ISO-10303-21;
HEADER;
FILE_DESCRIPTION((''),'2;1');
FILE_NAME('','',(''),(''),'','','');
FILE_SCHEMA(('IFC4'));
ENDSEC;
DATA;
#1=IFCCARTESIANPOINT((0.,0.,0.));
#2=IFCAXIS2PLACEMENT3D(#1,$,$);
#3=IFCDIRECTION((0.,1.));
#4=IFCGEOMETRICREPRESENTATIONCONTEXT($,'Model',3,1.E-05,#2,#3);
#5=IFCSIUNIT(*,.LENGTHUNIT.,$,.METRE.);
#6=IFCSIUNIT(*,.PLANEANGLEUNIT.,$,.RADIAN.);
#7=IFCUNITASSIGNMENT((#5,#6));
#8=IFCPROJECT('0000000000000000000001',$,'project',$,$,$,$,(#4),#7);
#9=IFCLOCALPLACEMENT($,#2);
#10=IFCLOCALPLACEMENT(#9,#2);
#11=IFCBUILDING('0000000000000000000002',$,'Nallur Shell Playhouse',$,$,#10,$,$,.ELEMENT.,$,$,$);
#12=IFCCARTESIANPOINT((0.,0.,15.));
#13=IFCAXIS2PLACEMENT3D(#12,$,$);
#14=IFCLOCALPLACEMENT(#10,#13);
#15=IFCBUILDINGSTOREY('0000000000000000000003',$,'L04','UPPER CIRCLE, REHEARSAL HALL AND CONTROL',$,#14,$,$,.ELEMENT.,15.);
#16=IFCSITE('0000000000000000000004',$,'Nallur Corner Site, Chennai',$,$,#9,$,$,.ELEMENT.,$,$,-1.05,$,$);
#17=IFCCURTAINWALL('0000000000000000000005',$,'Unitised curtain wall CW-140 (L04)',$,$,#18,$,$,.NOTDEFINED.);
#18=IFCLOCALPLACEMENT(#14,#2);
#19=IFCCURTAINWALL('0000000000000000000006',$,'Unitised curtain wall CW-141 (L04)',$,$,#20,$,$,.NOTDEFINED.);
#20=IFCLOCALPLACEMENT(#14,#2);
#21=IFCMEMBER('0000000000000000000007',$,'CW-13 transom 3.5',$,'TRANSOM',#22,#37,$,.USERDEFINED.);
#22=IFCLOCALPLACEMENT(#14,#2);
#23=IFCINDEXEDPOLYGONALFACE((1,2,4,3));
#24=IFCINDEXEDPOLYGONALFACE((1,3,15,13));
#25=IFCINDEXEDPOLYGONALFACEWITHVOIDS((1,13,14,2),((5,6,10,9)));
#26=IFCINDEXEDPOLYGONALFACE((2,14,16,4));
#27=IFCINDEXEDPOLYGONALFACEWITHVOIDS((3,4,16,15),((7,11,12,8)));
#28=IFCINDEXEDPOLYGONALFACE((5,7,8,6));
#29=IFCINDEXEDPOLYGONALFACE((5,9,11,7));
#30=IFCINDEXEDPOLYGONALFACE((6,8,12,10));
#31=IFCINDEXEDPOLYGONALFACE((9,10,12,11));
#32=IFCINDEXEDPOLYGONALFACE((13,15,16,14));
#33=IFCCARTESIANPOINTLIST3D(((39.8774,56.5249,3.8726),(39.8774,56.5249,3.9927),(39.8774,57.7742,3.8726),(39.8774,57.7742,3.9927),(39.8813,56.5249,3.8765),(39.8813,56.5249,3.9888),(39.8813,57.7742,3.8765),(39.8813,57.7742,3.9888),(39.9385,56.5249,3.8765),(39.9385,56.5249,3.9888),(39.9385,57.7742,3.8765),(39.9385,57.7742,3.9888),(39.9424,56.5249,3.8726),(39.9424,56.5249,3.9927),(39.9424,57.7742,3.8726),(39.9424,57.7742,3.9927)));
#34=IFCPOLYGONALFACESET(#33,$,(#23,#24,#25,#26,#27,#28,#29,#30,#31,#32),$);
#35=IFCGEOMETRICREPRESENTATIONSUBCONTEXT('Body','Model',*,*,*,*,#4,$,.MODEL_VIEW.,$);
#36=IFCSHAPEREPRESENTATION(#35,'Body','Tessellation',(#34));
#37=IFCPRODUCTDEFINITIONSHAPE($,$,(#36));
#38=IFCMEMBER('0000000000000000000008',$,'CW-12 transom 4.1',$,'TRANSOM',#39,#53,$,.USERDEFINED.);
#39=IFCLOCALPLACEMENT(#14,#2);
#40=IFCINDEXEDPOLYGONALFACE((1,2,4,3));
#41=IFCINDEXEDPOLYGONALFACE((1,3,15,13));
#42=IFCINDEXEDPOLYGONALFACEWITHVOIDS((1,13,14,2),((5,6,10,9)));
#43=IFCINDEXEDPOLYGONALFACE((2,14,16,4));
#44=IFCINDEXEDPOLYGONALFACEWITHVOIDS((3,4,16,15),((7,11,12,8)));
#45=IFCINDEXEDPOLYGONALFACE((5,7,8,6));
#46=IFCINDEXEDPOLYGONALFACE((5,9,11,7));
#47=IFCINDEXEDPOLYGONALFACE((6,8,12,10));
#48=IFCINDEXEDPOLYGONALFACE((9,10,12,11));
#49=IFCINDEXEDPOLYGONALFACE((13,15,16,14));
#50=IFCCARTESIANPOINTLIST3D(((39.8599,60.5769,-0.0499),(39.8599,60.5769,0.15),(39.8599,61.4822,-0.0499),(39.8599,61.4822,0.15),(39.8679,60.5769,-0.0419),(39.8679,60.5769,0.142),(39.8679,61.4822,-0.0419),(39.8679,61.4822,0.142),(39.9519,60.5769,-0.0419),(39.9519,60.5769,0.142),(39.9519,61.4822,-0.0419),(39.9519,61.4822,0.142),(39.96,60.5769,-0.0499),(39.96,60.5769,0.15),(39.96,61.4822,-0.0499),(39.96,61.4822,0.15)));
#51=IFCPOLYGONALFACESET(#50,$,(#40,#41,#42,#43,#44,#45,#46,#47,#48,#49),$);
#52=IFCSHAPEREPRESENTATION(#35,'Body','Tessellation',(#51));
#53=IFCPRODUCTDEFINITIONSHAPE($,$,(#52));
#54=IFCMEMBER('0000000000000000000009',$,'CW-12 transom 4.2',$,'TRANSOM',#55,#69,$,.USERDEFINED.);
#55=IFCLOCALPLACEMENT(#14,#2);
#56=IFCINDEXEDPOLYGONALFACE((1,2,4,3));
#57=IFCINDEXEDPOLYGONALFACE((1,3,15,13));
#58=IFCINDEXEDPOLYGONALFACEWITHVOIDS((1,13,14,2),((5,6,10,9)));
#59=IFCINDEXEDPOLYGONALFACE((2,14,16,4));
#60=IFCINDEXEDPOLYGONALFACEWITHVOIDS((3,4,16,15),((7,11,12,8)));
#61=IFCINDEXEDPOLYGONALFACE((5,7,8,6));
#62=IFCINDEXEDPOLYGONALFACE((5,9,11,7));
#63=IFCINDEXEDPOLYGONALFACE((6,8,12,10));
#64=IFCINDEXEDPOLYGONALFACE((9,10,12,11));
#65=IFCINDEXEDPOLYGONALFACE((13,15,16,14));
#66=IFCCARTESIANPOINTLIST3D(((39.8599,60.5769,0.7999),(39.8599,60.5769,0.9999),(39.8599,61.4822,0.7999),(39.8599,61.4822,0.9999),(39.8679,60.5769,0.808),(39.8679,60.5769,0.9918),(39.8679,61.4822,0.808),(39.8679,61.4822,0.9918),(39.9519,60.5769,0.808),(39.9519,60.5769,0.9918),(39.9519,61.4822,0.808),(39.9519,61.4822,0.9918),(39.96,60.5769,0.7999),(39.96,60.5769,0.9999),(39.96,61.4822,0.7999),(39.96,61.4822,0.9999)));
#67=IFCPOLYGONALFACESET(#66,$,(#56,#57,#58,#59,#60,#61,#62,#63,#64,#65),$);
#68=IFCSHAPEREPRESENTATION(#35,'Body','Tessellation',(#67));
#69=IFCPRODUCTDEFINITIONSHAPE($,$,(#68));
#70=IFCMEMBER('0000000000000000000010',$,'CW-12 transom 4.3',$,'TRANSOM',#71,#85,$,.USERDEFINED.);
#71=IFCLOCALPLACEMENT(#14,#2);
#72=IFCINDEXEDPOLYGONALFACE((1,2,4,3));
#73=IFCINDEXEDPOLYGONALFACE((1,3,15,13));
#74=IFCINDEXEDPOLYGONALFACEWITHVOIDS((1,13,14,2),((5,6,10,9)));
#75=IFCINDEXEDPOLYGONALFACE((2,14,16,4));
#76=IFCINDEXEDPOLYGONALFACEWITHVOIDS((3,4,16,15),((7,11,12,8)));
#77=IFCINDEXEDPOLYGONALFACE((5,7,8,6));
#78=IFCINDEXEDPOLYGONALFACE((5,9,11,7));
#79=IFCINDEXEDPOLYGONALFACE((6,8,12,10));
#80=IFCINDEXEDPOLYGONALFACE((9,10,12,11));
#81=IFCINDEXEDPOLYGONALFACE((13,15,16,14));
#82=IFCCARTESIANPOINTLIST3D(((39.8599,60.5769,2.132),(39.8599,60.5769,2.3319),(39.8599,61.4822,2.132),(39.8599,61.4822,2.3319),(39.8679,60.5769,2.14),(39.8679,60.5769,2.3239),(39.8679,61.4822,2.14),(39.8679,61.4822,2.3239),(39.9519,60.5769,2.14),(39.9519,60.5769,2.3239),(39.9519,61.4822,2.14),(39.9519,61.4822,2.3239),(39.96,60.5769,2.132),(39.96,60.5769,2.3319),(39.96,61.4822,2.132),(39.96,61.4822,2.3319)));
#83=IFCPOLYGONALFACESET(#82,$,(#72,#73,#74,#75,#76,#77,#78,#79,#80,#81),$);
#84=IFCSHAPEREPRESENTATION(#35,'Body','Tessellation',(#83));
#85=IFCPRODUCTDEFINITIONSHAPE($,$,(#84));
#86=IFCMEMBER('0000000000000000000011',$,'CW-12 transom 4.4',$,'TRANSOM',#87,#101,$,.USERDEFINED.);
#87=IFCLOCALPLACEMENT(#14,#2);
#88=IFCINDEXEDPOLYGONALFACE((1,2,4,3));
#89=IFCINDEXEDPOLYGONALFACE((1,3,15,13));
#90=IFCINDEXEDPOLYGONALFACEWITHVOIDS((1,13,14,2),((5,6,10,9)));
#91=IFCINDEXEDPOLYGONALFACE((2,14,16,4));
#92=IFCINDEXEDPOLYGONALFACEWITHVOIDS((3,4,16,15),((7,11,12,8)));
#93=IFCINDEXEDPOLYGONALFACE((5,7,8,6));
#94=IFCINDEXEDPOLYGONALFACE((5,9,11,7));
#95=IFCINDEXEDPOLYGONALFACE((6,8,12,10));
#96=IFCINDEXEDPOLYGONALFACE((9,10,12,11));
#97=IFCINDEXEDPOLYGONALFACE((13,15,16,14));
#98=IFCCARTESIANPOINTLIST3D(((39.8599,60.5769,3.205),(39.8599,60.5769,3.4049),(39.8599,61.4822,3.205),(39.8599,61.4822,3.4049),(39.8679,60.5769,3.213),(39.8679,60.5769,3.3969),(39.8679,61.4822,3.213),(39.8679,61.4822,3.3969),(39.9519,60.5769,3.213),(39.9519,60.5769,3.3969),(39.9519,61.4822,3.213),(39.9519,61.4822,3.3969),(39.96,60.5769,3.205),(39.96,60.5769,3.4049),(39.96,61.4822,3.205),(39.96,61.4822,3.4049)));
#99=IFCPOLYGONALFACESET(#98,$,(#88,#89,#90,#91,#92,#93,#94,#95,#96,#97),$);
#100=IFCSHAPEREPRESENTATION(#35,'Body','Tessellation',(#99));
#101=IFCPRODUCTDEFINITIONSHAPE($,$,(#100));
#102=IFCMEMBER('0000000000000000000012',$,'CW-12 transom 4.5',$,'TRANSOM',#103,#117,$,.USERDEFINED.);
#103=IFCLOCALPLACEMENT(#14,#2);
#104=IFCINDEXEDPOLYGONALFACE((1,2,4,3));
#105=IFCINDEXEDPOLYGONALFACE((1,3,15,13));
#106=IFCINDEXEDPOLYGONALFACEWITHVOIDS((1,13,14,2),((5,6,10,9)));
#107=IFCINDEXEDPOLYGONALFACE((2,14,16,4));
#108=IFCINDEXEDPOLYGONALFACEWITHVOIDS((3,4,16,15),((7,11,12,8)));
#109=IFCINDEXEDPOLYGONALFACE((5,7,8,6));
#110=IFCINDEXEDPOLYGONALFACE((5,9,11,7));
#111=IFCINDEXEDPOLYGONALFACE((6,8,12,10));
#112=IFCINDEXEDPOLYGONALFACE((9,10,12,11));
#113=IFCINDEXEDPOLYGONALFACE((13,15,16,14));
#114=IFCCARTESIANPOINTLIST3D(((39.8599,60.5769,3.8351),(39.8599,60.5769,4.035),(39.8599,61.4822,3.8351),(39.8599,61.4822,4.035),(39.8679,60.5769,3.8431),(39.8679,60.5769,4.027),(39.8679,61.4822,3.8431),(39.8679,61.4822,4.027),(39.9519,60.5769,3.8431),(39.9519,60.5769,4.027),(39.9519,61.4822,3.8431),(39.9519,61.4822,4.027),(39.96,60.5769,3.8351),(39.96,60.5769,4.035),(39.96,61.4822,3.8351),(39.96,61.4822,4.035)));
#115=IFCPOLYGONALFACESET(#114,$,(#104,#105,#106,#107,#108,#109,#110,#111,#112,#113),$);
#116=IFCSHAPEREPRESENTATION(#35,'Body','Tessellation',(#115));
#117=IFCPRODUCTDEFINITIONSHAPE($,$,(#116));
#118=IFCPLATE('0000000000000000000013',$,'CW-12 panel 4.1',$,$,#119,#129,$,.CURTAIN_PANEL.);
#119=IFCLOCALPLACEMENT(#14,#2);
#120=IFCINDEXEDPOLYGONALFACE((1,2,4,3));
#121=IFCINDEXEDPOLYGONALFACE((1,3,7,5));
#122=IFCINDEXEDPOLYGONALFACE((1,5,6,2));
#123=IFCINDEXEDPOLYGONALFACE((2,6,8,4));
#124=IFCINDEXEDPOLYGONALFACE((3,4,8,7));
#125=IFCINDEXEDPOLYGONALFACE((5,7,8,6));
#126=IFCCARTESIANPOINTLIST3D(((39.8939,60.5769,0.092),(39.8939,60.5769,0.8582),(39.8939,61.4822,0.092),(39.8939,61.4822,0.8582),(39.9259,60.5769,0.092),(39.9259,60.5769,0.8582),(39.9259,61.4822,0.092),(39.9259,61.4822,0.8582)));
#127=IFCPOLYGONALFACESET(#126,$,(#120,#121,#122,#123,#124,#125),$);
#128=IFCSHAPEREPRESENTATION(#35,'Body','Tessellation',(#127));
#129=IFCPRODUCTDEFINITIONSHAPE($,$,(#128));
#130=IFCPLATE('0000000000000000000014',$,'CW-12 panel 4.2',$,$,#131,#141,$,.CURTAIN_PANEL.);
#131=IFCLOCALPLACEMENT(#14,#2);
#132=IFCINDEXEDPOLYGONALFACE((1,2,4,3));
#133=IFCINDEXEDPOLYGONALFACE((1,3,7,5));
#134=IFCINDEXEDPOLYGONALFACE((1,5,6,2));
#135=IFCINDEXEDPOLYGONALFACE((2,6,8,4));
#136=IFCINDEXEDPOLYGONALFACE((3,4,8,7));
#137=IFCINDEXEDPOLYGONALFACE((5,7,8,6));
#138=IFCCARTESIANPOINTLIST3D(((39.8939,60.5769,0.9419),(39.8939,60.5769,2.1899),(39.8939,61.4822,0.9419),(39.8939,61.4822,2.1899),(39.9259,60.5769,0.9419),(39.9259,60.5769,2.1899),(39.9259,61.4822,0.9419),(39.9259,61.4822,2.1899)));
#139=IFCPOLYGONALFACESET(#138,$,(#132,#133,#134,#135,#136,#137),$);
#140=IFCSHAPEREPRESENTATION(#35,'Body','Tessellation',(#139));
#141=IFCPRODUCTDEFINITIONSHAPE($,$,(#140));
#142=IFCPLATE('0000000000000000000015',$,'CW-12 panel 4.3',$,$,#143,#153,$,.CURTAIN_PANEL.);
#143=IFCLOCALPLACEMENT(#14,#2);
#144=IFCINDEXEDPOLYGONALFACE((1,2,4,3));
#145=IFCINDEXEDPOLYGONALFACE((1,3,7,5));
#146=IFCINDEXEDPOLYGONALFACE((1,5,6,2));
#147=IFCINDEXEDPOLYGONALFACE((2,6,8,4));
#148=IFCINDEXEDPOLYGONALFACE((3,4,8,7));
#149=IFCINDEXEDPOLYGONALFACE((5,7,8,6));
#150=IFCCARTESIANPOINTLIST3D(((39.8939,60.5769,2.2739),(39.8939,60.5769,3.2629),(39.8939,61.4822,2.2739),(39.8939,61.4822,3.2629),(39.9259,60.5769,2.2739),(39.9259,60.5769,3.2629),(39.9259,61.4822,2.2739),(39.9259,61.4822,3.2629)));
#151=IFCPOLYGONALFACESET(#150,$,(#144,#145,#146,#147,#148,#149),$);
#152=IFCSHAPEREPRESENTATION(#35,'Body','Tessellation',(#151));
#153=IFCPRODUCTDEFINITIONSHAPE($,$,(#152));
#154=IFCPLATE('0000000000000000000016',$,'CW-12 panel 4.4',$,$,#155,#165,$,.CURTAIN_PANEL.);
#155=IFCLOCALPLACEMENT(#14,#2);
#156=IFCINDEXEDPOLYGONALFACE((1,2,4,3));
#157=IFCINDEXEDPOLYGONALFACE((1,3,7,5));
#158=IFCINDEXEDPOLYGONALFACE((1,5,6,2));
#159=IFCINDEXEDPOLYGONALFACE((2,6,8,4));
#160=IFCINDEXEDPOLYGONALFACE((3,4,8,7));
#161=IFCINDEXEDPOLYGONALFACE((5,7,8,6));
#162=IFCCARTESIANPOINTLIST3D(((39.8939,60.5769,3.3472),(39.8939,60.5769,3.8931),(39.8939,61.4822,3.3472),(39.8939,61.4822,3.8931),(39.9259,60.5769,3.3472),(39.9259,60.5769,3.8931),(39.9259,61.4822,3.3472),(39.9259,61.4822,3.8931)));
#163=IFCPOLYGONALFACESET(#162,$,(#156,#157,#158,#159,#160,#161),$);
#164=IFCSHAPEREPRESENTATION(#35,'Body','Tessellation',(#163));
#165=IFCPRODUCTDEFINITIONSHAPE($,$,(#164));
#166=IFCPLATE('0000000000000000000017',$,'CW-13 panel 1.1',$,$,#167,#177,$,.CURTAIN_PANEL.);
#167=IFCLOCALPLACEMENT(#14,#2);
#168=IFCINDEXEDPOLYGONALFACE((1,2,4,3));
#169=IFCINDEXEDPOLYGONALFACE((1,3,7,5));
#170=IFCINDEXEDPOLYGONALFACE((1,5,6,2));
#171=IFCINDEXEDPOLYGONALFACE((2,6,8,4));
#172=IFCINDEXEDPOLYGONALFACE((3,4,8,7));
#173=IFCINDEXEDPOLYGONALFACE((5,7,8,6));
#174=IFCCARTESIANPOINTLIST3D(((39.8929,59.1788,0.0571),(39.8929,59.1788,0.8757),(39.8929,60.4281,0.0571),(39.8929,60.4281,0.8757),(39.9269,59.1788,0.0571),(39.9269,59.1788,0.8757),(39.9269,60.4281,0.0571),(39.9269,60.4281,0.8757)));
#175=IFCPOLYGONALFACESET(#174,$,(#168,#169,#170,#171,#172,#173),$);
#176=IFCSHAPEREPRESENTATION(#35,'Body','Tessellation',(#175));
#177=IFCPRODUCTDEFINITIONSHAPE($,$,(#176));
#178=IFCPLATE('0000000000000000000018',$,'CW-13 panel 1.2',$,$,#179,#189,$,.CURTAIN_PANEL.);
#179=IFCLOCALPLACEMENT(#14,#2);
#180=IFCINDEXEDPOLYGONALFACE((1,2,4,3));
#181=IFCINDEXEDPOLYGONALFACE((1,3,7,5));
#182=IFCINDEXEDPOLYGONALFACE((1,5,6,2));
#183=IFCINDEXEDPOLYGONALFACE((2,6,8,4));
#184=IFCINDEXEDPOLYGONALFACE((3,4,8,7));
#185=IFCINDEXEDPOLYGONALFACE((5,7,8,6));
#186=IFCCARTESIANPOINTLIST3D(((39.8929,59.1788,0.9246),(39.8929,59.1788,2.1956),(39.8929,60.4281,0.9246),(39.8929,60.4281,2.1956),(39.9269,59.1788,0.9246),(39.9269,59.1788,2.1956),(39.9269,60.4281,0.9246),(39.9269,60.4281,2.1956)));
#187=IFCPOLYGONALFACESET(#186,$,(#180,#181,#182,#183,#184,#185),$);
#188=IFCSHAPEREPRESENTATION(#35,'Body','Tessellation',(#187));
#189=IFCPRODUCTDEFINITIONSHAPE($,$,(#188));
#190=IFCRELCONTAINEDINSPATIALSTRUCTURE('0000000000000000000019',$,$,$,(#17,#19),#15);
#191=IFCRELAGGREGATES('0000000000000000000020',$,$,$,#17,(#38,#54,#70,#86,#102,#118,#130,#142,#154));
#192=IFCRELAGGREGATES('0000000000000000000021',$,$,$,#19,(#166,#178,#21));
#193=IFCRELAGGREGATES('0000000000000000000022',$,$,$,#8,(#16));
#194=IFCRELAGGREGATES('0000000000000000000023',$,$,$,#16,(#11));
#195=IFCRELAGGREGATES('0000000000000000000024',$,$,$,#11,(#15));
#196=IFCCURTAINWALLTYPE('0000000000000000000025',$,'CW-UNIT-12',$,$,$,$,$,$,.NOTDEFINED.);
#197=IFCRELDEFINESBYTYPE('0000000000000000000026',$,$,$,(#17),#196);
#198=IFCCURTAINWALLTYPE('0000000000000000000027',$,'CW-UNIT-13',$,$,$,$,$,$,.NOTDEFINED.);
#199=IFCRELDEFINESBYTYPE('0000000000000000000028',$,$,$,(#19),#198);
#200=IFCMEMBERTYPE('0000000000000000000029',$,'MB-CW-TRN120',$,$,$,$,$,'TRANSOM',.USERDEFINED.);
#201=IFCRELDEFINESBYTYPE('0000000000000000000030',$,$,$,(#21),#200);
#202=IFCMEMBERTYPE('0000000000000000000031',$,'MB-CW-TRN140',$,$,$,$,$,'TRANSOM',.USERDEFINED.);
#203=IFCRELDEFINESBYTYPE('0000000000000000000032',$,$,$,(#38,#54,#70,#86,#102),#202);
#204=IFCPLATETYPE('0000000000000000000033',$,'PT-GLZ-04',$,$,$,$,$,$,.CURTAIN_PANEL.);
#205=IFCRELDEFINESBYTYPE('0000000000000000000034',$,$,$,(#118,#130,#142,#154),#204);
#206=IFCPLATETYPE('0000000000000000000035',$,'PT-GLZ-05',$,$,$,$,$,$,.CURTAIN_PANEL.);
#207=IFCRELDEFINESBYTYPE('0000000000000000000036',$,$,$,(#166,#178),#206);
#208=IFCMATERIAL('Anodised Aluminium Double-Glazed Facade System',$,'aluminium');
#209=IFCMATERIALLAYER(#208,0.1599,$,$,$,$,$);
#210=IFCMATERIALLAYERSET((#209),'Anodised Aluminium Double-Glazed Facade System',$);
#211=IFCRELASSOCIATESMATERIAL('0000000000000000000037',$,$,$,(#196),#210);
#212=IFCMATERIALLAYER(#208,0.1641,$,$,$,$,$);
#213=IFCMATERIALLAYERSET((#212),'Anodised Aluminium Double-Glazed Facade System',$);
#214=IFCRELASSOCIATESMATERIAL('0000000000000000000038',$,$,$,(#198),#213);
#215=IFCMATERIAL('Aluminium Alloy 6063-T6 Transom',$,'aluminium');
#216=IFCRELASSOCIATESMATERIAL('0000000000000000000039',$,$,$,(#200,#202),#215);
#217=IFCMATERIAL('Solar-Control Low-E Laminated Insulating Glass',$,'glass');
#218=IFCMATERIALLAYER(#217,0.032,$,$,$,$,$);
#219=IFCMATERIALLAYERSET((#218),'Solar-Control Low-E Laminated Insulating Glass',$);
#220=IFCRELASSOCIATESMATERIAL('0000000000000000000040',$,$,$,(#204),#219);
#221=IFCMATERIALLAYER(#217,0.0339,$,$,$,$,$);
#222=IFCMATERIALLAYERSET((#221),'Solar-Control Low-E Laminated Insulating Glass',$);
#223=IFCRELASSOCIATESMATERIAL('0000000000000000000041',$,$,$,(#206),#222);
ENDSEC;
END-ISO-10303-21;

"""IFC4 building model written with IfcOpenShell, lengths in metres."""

from ifc_helpers import new_model, si_unit, direction, frame, origin, origin_2d, place, context, subcontext, project, spatial, rectangle, hollow_rectangle, extrude, material, layer, layer_set, material_profile, profile_set, type_object, element, aggregate, save


model = new_model("IFC4")

# Units and contexts
model_context = context("Model", 3, precision=1e-05, world=origin(), true_north=direction((0.0, 1.0)))
body_context = subcontext(model_context, "Body", "Model", "MODEL_VIEW")
ifc_project = project(units=[si_unit("LENGTHUNIT", "METRE"), si_unit("PLANEANGLEUNIT", "RADIAN")], contexts=[model_context])

# Site, building, storey
site_placement = place(None, origin())
site = spatial("IfcSite", under=ifc_project, at=site_placement, Name="Nallur Corner Site, Chennai", CompositionType="ELEMENT", RefElevation=-1.05)
building_placement = place(site_placement, origin())
building = spatial("IfcBuilding", under=site, at=building_placement, Name="Nallur Shell Playhouse", CompositionType="ELEMENT")
storey_placement = place(building_placement, frame((0.0, 0.0, 15.0)))
storey = spatial("IfcBuildingStorey", under=building, at=storey_placement, Name="L04", Description="UPPER CIRCLE, REHEARSAL HALL AND CONTROL", CompositionType="ELEMENT", Elevation=15.0)

# Curtain walls, member
ifc_material_1 = material(Name="Anodised Aluminium Double-Glazed Facade System", Category="aluminium")
ifc_layer_1 = layer(ifc_material_1, 0.1599)
ifc_layer_set_1 = layer_set([ifc_layer_1], Name="Anodised Aluminium Double-Glazed Facade System")
curtain_wall_type_1 = type_object("IfcCurtainWallType", Name="CW-UNIT-12", PredefinedType="NOTDEFINED", material=ifc_layer_set_1)
curtain_wall_1_placement = place(storey_placement, origin())
curtain_wall_1 = element("IfcCurtainWall", 1, at=curtain_wall_1_placement, inside=storey, type_object=curtain_wall_type_1, Name="Unitised curtain wall CW-140 (L04)", PredefinedType="NOTDEFINED")
ifc_layer_2 = layer(ifc_material_1, 0.1641)
ifc_layer_set_2 = layer_set([ifc_layer_2], Name="Anodised Aluminium Double-Glazed Facade System")
curtain_wall_type_2 = type_object("IfcCurtainWallType", Name="CW-UNIT-13", PredefinedType="NOTDEFINED", material=ifc_layer_set_2)
curtain_wall_2_placement = place(storey_placement, origin())
curtain_wall_2 = element("IfcCurtainWall", 2, at=curtain_wall_2_placement, inside=storey, type_object=curtain_wall_type_2, Name="Unitised curtain wall CW-141 (L04)", PredefinedType="NOTDEFINED")
ifc_material_2 = material(Name="Aluminium Alloy 6063-T6 Transom", Category="aluminium")
ifc_material_profile_1 = material_profile(ifc_material_2, hollow_rectangle(XDim=0.0649, YDim=0.1201, WallThickness=0.0039, at=origin_2d()), Name="ALU 65x120x4")
ifc_profile_set_1 = profile_set([ifc_material_profile_1], Name="Aluminium Alloy 6063-T6 Transom")
member_type_1 = type_object("IfcMemberType", Name="MB-CW-TRN120", ElementType="TRANSOM", PredefinedType="USERDEFINED", material=ifc_profile_set_1)
member_1_placement = place(storey_placement, frame((39.9099, 57.7742, 3.9326), z_axis=(0.0, -1.0, 0.0), x_axis=(1.0, 0.0, 0.0)))
member_1 = element("IfcMember", 3, at=member_1_placement, type_object=member_type_1, Name="CW-13 transom 3.5", ObjectType="TRANSOM", PredefinedType="USERDEFINED", context=body_context, shape_type="SweptSolid", body=[
    extrude(hollow_rectangle(XDim=0.0649, YDim=0.1201, WallThickness=0.0039, at=origin_2d()), origin(), (0.0, 0.0, 1.0), 1.2493),
])

# Members
ifc_material_profile_2 = material_profile(ifc_material_2, hollow_rectangle(XDim=0.1001, YDim=0.2, WallThickness=0.0081, at=origin_2d()), Name="RHS 200x100x8")
ifc_profile_set_2 = profile_set([ifc_material_profile_2], Name="Aluminium Alloy 6063-T6 Transom")
member_type_2 = type_object("IfcMemberType", Name="MB-CW-TRN140", ElementType="TRANSOM", PredefinedType="USERDEFINED", material=ifc_profile_set_2)
member_2_placement = place(storey_placement, frame((39.9099, 61.4822, 0.05), z_axis=(0.0, -1.0, 0.0), x_axis=(1.0, 0.0, 0.0)))
member_2 = element("IfcMember", 4, at=member_2_placement, type_object=member_type_2, Name="CW-12 transom 4.1", ObjectType="TRANSOM", PredefinedType="USERDEFINED", context=body_context, shape_type="SweptSolid", body=[
    extrude(hollow_rectangle(XDim=0.1001, YDim=0.2, WallThickness=0.0081, at=origin_2d()), origin(), (0.0, 0.0, 1.0), 0.9053),
])
member_3_placement = place(storey_placement, frame((39.9099, 61.4822, 0.8999), z_axis=(0.0, -1.0, 0.0), x_axis=(1.0, 0.0, 0.0)))
member_3 = element("IfcMember", 5, at=member_3_placement, type_object=member_type_2, Name="CW-12 transom 4.2", ObjectType="TRANSOM", PredefinedType="USERDEFINED", context=body_context, shape_type="SweptSolid", body=[
    extrude(hollow_rectangle(XDim=0.1001, YDim=0.2, WallThickness=0.0081, at=origin_2d()), origin(), (0.0, 0.0, 1.0), 0.9053),
])
member_4_placement = place(storey_placement, frame((39.9099, 61.4822, 2.2319), z_axis=(0.0, -1.0, 0.0), x_axis=(1.0, 0.0, 0.0)))
member_4 = element("IfcMember", 6, at=member_4_placement, type_object=member_type_2, Name="CW-12 transom 4.3", ObjectType="TRANSOM", PredefinedType="USERDEFINED", context=body_context, shape_type="SweptSolid", body=[
    extrude(hollow_rectangle(XDim=0.1001, YDim=0.2, WallThickness=0.0081, at=origin_2d()), origin(), (0.0, 0.0, 1.0), 0.9053),
])
member_5_placement = place(storey_placement, frame((39.9099, 61.4822, 3.3049), z_axis=(0.0, -1.0, 0.0), x_axis=(1.0, 0.0, 0.0)))
member_5 = element("IfcMember", 7, at=member_5_placement, type_object=member_type_2, Name="CW-12 transom 4.4", ObjectType="TRANSOM", PredefinedType="USERDEFINED", context=body_context, shape_type="SweptSolid", body=[
    extrude(hollow_rectangle(XDim=0.1001, YDim=0.2, WallThickness=0.0081, at=origin_2d()), origin(), (0.0, 0.0, 1.0), 0.9053),
])
member_6_placement = place(storey_placement, frame((39.9099, 61.4822, 3.9351), z_axis=(0.0, -1.0, 0.0), x_axis=(1.0, 0.0, 0.0)))
member_6 = element("IfcMember", 8, at=member_6_placement, type_object=member_type_2, Name="CW-12 transom 4.5", ObjectType="TRANSOM", PredefinedType="USERDEFINED", context=body_context, shape_type="SweptSolid", body=[
    extrude(hollow_rectangle(XDim=0.1001, YDim=0.2, WallThickness=0.0081, at=origin_2d()), origin(), (0.0, 0.0, 1.0), 0.9053),
])

# Plates
ifc_material_3 = material(Name="Solar-Control Low-E Laminated Insulating Glass", Category="glass")
ifc_layer_3 = layer(ifc_material_3, 0.032)
ifc_layer_set_3 = layer_set([ifc_layer_3], Name="Solar-Control Low-E Laminated Insulating Glass")
plate_type_1 = type_object("IfcPlateType", Name="PT-GLZ-04", PredefinedType="CURTAIN_PANEL", material=ifc_layer_set_3)
plate_1_placement = place(storey_placement, frame((39.9099, 61.0295, 0.092), z_axis=(0.0, 0.0, 1.0), x_axis=(0.0, -1.0, 0.0)))
plate_1 = element("IfcPlate", 9, at=plate_1_placement, type_object=plate_type_1, Name="CW-12 panel 4.1", PredefinedType="CURTAIN_PANEL", context=body_context, shape_type="SweptSolid", body=[
    extrude(rectangle(XDim=0.9053, YDim=0.032, at=origin_2d()), origin(), (0.0, 0.0, 1.0), 0.7661),
])
plate_2_placement = place(storey_placement, frame((39.9099, 61.0295, 0.9419), z_axis=(0.0, 0.0, 1.0), x_axis=(0.0, -1.0, 0.0)))
plate_2 = element("IfcPlate", 10, at=plate_2_placement, type_object=plate_type_1, Name="CW-12 panel 4.2", PredefinedType="CURTAIN_PANEL", context=body_context, shape_type="SweptSolid", body=[
    extrude(rectangle(XDim=0.9053, YDim=0.032, at=origin_2d()), origin(), (0.0, 0.0, 1.0), 1.248),
])
plate_3_placement = place(storey_placement, frame((39.9099, 61.0295, 2.2739), z_axis=(0.0, 0.0, 1.0), x_axis=(0.0, -1.0, 0.0)))
plate_3 = element("IfcPlate", 11, at=plate_3_placement, type_object=plate_type_1, Name="CW-12 panel 4.3", PredefinedType="CURTAIN_PANEL", context=body_context, shape_type="SweptSolid", body=[
    extrude(rectangle(XDim=0.9053, YDim=0.032, at=origin_2d()), origin(), (0.0, 0.0, 1.0), 0.989),
])
plate_4_placement = place(storey_placement, frame((39.9099, 61.0295, 3.3472), z_axis=(0.0, 0.0, 1.0), x_axis=(0.0, -1.0, 0.0)))
plate_4 = element("IfcPlate", 12, at=plate_4_placement, type_object=plate_type_1, Name="CW-12 panel 4.4", PredefinedType="CURTAIN_PANEL", context=body_context, shape_type="SweptSolid", body=[
    extrude(rectangle(XDim=0.9053, YDim=0.032, at=origin_2d()), origin(), (0.0, 0.0, 1.0), 0.5459),
])
aggregate(curtain_wall_1, [member_2, member_3, member_4, member_5, member_6, plate_1, plate_2, plate_3, plate_4])
ifc_layer_4 = layer(ifc_material_3, 0.0339)
ifc_layer_set_4 = layer_set([ifc_layer_4], Name="Solar-Control Low-E Laminated Insulating Glass")
plate_type_2 = type_object("IfcPlateType", Name="PT-GLZ-05", PredefinedType="CURTAIN_PANEL", material=ifc_layer_set_4)
plate_5_placement = place(storey_placement, frame((39.9099, 59.8035, 0.0571), z_axis=(0.0, 0.0, 1.0), x_axis=(0.0, -1.0, 0.0)))
plate_5 = element("IfcPlate", 13, at=plate_5_placement, type_object=plate_type_2, Name="CW-13 panel 1.1", PredefinedType="CURTAIN_PANEL", context=body_context, shape_type="SweptSolid", body=[
    extrude(rectangle(XDim=1.2493, YDim=0.0339, at=origin_2d()), origin(), (0.0, 0.0, 1.0), 0.8186),
])
plate_6_placement = place(storey_placement, frame((39.9099, 59.8035, 0.9246), z_axis=(0.0, 0.0, 1.0), x_axis=(0.0, -1.0, 0.0)))
plate_6 = element("IfcPlate", 14, at=plate_6_placement, type_object=plate_type_2, Name="CW-13 panel 1.2", PredefinedType="CURTAIN_PANEL", context=body_context, shape_type="SweptSolid", body=[
    extrude(rectangle(XDim=1.2493, YDim=0.0339, at=origin_2d()), origin(), (0.0, 0.0, 1.0), 1.271),
])
aggregate(curtain_wall_2, [plate_5, plate_6, member_1])

save(model, "model.ifc")
